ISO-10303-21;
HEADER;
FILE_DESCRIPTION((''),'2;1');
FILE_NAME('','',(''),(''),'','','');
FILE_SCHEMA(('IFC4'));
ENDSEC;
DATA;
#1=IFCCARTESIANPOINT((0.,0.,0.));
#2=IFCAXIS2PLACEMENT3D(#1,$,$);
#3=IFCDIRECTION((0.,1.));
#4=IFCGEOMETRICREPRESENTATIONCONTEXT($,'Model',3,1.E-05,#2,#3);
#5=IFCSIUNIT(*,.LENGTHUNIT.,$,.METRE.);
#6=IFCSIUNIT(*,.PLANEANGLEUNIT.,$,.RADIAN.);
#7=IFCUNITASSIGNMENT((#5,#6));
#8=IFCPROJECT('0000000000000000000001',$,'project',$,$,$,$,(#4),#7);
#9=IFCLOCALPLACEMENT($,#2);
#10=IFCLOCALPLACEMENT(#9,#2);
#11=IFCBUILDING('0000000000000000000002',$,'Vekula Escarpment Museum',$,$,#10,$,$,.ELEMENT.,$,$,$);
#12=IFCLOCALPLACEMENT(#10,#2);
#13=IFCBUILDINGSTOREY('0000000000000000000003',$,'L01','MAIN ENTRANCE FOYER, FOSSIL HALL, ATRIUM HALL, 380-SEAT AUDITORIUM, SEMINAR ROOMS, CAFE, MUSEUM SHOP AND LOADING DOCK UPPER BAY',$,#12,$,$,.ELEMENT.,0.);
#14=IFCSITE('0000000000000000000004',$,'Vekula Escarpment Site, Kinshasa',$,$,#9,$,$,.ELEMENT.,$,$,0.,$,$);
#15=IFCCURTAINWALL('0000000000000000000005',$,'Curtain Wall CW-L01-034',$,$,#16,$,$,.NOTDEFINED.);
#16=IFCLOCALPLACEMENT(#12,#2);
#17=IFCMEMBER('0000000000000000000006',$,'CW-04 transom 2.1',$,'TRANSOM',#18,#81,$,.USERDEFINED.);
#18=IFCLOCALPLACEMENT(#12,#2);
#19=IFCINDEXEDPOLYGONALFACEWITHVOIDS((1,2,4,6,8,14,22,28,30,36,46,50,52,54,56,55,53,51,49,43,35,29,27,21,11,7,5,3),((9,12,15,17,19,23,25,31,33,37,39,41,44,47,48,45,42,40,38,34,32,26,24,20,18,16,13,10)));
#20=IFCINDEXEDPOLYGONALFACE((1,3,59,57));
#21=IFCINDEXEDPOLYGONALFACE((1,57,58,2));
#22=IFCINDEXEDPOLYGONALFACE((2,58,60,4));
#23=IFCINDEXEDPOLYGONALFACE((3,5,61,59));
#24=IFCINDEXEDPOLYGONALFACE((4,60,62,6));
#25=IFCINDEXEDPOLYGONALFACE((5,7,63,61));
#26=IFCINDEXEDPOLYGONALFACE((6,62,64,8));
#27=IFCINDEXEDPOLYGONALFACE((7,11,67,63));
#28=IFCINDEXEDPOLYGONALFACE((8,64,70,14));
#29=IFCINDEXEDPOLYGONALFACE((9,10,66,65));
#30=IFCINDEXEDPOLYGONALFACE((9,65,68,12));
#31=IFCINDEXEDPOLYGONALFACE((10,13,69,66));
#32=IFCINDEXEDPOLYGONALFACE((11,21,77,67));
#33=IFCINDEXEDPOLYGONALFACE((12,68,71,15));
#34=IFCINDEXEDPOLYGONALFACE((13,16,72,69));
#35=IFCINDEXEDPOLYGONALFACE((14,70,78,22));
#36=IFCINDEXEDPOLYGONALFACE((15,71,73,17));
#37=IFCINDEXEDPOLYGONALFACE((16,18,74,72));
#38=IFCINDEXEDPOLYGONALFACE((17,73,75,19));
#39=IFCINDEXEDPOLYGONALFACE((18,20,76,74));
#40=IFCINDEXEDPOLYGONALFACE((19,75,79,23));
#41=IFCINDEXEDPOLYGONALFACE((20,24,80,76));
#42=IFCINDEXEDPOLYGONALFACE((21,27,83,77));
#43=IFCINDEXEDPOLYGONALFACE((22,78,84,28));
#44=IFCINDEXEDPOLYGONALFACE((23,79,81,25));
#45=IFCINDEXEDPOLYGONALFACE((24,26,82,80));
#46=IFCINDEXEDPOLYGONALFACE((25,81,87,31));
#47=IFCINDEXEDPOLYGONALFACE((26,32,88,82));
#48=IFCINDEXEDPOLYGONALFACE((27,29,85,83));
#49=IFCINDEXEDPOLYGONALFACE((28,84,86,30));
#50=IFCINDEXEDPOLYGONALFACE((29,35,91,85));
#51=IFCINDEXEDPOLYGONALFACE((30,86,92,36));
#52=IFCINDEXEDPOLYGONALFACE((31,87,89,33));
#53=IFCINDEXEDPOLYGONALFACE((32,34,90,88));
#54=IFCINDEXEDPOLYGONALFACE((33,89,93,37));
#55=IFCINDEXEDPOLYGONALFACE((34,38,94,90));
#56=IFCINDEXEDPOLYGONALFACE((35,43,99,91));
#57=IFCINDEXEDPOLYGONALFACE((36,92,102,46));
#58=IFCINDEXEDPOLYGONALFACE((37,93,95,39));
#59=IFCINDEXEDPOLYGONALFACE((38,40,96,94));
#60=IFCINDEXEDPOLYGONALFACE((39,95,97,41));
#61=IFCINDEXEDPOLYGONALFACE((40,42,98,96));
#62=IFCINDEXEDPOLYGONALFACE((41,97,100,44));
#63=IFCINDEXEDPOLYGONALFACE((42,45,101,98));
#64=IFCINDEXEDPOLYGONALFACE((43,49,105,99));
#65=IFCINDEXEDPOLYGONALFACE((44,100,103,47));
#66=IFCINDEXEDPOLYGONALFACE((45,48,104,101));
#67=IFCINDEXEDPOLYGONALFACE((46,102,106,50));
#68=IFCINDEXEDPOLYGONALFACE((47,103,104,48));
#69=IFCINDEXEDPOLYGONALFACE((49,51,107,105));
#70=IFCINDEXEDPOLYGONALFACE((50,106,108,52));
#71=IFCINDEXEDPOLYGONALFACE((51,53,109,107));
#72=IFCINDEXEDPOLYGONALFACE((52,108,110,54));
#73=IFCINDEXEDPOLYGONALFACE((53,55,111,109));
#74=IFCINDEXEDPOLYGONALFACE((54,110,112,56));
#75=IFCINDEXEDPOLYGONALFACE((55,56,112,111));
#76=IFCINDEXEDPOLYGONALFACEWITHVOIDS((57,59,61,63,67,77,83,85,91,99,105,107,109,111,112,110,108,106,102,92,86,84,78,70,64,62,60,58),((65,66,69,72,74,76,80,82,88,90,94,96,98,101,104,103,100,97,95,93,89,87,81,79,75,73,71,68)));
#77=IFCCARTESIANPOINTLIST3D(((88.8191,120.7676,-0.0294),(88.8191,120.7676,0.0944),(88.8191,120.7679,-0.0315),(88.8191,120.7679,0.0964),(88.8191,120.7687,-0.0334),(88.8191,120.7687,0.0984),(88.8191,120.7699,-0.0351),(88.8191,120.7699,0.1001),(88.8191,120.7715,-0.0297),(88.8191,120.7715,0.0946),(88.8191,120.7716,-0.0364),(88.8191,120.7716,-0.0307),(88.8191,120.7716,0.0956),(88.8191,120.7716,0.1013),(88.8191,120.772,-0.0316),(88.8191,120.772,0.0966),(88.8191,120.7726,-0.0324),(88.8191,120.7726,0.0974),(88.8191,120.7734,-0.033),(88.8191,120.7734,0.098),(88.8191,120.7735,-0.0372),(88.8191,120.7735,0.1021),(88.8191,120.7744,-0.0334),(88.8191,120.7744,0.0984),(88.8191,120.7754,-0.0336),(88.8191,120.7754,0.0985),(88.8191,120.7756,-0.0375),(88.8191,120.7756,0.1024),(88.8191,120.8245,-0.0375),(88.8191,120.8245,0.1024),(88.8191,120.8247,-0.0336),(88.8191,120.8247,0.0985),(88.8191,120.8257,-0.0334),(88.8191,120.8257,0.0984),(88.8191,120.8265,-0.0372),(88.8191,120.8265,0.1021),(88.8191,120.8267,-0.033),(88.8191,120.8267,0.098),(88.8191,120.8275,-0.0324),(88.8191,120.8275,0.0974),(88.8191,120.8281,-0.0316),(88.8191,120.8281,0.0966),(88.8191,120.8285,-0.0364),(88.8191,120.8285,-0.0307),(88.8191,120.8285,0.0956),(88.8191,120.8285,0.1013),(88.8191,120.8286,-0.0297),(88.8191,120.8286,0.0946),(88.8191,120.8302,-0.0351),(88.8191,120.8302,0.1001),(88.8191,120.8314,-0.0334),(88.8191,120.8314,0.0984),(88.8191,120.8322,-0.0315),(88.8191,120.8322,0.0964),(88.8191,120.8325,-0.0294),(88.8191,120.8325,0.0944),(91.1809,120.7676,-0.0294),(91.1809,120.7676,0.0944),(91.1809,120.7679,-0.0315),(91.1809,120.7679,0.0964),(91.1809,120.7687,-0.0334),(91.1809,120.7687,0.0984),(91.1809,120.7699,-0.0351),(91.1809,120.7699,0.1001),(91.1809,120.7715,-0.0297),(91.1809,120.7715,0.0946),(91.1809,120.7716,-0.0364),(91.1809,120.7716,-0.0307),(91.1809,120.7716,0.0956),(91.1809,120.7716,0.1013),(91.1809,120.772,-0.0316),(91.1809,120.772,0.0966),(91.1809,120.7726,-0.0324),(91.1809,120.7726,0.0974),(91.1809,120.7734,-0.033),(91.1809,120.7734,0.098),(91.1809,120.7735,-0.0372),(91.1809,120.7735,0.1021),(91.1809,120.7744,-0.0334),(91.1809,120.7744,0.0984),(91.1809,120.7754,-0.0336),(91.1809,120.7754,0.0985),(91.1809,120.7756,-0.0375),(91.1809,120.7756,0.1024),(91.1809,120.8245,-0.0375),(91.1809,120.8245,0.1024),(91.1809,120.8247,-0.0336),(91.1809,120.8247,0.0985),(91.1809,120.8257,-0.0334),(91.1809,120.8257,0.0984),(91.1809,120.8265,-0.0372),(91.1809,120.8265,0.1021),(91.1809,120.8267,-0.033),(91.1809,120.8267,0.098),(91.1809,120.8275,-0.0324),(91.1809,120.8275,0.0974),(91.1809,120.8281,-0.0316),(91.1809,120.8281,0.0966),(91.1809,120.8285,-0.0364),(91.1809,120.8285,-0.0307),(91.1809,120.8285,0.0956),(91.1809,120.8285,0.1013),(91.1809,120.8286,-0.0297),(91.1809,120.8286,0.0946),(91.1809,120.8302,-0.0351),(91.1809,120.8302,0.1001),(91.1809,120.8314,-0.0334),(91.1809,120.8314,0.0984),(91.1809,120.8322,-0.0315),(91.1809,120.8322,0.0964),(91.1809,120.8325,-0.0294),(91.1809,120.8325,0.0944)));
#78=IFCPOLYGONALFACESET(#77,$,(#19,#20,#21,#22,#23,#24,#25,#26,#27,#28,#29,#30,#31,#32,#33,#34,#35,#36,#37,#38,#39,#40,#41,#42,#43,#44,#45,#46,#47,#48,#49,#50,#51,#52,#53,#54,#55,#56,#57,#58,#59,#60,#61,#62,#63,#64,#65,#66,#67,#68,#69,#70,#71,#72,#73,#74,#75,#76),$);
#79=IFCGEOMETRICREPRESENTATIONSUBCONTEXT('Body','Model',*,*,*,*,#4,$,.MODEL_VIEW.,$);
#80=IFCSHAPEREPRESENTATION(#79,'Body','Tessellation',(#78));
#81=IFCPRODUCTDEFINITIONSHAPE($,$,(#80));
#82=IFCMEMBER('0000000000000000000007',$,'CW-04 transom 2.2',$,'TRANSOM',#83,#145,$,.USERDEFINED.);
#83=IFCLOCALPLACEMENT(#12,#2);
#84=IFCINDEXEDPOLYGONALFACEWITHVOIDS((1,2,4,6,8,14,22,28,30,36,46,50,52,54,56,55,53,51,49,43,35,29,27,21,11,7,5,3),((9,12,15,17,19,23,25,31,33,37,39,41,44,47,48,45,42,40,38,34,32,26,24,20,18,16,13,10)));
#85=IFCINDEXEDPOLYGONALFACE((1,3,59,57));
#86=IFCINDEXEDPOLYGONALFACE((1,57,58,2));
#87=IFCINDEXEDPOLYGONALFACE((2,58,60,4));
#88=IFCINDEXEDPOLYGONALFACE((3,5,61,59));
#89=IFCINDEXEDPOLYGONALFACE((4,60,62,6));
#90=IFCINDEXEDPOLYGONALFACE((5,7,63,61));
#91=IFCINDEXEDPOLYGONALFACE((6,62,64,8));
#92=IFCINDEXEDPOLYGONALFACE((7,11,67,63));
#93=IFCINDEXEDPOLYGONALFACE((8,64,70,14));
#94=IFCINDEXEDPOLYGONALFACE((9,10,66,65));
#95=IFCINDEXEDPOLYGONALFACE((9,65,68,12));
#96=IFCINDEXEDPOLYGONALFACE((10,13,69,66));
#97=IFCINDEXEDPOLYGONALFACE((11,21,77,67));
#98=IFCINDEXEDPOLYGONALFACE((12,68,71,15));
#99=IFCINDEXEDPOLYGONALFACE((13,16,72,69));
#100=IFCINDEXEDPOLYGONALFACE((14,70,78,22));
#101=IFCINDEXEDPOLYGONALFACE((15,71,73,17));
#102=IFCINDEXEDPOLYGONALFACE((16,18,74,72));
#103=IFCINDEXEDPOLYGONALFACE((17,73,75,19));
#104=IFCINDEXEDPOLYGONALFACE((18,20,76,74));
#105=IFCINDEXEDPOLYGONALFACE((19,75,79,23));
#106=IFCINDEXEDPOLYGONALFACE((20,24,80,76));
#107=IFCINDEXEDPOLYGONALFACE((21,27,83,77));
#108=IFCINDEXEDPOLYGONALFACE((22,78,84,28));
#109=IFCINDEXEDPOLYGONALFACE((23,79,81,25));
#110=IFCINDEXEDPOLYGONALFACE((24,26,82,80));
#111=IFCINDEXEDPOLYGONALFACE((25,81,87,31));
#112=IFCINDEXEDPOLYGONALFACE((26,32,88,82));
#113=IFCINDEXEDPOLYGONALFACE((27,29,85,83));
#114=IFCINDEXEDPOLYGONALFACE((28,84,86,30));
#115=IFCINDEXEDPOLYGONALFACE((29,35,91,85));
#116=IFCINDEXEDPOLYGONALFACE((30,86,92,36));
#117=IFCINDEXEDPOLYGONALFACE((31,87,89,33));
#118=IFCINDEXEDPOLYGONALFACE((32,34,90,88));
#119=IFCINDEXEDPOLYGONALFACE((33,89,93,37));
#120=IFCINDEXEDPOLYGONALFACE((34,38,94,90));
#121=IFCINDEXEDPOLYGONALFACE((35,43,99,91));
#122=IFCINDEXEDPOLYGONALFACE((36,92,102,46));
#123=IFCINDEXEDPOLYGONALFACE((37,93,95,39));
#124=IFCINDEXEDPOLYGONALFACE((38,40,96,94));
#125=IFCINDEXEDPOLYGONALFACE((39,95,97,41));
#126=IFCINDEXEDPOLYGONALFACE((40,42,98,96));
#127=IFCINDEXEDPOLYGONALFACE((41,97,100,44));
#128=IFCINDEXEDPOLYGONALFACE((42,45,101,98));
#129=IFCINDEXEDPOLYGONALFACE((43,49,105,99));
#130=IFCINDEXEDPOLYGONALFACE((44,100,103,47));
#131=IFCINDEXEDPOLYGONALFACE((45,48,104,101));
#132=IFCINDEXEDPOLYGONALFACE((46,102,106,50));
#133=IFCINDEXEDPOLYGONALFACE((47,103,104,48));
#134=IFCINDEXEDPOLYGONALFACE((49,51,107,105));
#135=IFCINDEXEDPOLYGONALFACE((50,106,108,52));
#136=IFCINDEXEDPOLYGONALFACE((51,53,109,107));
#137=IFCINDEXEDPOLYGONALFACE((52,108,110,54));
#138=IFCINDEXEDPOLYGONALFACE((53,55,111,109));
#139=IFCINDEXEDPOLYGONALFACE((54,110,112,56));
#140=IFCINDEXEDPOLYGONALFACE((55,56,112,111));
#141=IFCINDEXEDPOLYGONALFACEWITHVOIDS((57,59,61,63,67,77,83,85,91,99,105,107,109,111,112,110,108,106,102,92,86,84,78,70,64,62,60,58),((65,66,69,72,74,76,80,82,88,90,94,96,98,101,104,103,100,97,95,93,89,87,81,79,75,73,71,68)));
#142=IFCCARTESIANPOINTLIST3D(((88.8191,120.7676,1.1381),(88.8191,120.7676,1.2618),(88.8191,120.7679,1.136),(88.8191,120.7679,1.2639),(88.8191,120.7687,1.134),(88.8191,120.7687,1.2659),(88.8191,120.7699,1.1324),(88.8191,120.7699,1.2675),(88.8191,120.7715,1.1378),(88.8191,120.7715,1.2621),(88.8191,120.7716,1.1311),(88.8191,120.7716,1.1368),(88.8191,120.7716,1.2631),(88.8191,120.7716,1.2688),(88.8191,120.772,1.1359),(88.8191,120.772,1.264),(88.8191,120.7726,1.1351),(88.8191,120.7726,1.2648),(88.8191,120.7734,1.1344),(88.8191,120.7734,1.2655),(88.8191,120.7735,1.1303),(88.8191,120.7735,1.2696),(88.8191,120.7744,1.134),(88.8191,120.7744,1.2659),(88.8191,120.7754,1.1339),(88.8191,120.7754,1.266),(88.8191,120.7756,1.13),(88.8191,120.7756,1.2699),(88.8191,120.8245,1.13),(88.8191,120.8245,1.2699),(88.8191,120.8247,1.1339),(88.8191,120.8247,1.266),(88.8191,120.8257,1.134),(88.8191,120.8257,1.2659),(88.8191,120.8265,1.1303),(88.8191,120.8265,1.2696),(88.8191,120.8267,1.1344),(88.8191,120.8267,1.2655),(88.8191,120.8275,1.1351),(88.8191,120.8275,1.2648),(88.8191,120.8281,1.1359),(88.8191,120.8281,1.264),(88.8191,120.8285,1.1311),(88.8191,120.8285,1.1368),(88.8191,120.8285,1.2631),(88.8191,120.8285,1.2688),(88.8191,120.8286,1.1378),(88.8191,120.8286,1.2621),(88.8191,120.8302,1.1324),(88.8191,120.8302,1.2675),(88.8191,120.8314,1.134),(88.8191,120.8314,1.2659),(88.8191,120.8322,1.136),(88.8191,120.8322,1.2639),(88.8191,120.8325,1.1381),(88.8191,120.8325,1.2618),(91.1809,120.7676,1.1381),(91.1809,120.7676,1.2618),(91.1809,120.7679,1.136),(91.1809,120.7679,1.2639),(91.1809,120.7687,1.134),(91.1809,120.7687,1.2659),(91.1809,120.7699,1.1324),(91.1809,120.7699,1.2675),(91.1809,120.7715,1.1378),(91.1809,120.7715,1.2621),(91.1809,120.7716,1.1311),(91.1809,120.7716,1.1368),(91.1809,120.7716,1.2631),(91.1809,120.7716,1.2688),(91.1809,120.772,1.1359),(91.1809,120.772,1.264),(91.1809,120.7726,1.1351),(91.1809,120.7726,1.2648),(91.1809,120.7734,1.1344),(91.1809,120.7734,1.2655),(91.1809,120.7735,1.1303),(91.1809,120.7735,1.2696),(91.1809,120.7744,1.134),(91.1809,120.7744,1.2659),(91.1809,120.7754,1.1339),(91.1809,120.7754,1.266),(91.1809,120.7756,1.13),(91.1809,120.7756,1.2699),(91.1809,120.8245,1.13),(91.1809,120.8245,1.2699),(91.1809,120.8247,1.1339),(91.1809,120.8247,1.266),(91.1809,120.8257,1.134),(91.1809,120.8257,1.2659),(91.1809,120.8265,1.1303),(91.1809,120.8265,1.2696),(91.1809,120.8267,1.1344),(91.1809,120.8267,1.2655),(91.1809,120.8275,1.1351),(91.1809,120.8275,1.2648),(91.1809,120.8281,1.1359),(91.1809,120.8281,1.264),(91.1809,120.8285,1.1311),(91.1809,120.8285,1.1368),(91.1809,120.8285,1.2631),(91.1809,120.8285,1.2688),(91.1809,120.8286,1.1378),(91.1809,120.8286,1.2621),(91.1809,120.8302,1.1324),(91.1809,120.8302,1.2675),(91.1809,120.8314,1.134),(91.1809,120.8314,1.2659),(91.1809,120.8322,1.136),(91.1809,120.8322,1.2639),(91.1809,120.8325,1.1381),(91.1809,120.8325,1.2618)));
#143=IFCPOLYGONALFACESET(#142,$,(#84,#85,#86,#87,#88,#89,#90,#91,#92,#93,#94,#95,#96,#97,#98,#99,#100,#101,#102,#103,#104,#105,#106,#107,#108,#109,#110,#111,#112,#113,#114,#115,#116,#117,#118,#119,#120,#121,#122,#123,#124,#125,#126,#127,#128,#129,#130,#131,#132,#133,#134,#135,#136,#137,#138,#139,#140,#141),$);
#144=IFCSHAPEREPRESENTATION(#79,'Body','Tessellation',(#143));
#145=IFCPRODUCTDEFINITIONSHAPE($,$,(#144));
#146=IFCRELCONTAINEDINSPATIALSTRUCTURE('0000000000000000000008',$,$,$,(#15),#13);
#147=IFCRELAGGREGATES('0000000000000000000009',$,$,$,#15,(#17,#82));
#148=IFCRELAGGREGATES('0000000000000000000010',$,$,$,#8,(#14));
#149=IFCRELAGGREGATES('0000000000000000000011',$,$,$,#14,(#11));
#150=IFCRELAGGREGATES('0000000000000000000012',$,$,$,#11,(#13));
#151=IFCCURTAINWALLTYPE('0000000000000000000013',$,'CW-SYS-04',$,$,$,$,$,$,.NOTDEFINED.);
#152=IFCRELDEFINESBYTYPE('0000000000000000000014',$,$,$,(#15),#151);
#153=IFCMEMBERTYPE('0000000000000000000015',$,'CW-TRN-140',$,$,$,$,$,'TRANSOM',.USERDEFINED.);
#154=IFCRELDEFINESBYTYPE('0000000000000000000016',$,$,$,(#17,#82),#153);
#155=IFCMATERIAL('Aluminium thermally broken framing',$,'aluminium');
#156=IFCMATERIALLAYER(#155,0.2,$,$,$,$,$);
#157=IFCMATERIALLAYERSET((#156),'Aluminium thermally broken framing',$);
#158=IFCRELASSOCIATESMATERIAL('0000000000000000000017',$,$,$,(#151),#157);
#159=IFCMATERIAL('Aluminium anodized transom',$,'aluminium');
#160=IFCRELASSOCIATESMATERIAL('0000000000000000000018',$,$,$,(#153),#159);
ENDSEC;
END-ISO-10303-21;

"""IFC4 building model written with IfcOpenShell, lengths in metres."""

from ifc_helpers import new_model, si_unit, direction, frame, origin, origin_2d, place, context, subcontext, project, spatial, hollow_rectangle, extrude, material, layer, layer_set, material_profile, profile_set, type_object, element, aggregate, save


model = new_model("IFC4")

# Units and contexts
model_context = context("Model", 3, precision=1e-05, world=origin(), true_north=direction((0.0, 1.0)))
body_context = subcontext(model_context, "Body", "Model", "MODEL_VIEW")
ifc_project = project(units=[si_unit("LENGTHUNIT", "METRE"), si_unit("PLANEANGLEUNIT", "RADIAN")], contexts=[model_context])

# Site, building, storey
site_placement = place(None, origin())
site = spatial("IfcSite", under=ifc_project, at=site_placement, Name="Vekula Escarpment Site, Kinshasa", CompositionType="ELEMENT", RefElevation=0.0)
building_placement = place(site_placement, origin())
building = spatial("IfcBuilding", under=site, at=building_placement, Name="Vekula Escarpment Museum", CompositionType="ELEMENT")
storey_placement = place(building_placement, origin())
storey = spatial("IfcBuildingStorey", under=building, at=storey_placement, Name="L01", Description="MAIN ENTRANCE FOYER, FOSSIL HALL, ATRIUM HALL, 380-SEAT AUDITORIUM, SEMINAR ROOMS, CAFE, MUSEUM SHOP AND LOADING DOCK UPPER BAY", CompositionType="ELEMENT", Elevation=0.0)

# Curtain wall
ifc_material_1 = material(Name="Aluminium thermally broken framing", Category="aluminium")
ifc_layer_1 = layer(ifc_material_1, 0.2)
ifc_layer_set_1 = layer_set([ifc_layer_1], Name="Aluminium thermally broken framing")
curtain_wall_type_1 = type_object("IfcCurtainWallType", Name="CW-SYS-04", PredefinedType="NOTDEFINED", material=ifc_layer_set_1)
curtain_wall_1_placement = place(storey_placement, origin())
curtain_wall_1 = element("IfcCurtainWall", 1, at=curtain_wall_1_placement, inside=storey, type_object=curtain_wall_type_1, Name="Curtain Wall CW-L01-034", PredefinedType="NOTDEFINED")

# Members
ifc_material_2 = material(Name="Aluminium anodized transom", Category="aluminium")
ifc_material_profile_1 = material_profile(ifc_material_2, hollow_rectangle(XDim=0.0649, YDim=0.1399, WallThickness=0.0039, InnerFilletRadius=0.0039, OuterFilletRadius=0.0081, at=origin_2d()), Name="ALU 140x65x4")
ifc_profile_set_1 = profile_set([ifc_material_profile_1], Name="Aluminium anodized transom")
member_type_1 = type_object("IfcMemberType", Name="CW-TRN-140", ElementType="TRANSOM", PredefinedType="USERDEFINED", material=ifc_profile_set_1)
member_1_placement = place(storey_placement, frame((88.8191, 120.8, 0.0325), z_axis=(1.0, 0.0, 0.0), x_axis=(0.0, 1.0, 0.0)))
member_1 = element("IfcMember", 2, at=member_1_placement, type_object=member_type_1, Name="CW-04 transom 2.1", ObjectType="TRANSOM", PredefinedType="USERDEFINED", context=body_context, shape_type="SweptSolid", body=[
    extrude(hollow_rectangle(XDim=0.0649, YDim=0.1399, WallThickness=0.0039, InnerFilletRadius=0.0039, OuterFilletRadius=0.0081, at=origin_2d()), origin(), (0.0, 0.0, 1.0), 2.3618),
])
member_2_placement = place(storey_placement, frame((88.8191, 120.8, 1.2), z_axis=(1.0, 0.0, 0.0), x_axis=(0.0, 1.0, 0.0)))
member_2 = element("IfcMember", 3, at=member_2_placement, type_object=member_type_1, Name="CW-04 transom 2.2", ObjectType="TRANSOM", PredefinedType="USERDEFINED", context=body_context, shape_type="SweptSolid", body=[
    extrude(hollow_rectangle(XDim=0.0649, YDim=0.1399, WallThickness=0.0039, InnerFilletRadius=0.0039, OuterFilletRadius=0.0081, at=origin_2d()), origin(), (0.0, 0.0, 1.0), 2.3618),
])

aggregate(curtain_wall_1, [member_1, member_2])

save(model, "model.ifc")
